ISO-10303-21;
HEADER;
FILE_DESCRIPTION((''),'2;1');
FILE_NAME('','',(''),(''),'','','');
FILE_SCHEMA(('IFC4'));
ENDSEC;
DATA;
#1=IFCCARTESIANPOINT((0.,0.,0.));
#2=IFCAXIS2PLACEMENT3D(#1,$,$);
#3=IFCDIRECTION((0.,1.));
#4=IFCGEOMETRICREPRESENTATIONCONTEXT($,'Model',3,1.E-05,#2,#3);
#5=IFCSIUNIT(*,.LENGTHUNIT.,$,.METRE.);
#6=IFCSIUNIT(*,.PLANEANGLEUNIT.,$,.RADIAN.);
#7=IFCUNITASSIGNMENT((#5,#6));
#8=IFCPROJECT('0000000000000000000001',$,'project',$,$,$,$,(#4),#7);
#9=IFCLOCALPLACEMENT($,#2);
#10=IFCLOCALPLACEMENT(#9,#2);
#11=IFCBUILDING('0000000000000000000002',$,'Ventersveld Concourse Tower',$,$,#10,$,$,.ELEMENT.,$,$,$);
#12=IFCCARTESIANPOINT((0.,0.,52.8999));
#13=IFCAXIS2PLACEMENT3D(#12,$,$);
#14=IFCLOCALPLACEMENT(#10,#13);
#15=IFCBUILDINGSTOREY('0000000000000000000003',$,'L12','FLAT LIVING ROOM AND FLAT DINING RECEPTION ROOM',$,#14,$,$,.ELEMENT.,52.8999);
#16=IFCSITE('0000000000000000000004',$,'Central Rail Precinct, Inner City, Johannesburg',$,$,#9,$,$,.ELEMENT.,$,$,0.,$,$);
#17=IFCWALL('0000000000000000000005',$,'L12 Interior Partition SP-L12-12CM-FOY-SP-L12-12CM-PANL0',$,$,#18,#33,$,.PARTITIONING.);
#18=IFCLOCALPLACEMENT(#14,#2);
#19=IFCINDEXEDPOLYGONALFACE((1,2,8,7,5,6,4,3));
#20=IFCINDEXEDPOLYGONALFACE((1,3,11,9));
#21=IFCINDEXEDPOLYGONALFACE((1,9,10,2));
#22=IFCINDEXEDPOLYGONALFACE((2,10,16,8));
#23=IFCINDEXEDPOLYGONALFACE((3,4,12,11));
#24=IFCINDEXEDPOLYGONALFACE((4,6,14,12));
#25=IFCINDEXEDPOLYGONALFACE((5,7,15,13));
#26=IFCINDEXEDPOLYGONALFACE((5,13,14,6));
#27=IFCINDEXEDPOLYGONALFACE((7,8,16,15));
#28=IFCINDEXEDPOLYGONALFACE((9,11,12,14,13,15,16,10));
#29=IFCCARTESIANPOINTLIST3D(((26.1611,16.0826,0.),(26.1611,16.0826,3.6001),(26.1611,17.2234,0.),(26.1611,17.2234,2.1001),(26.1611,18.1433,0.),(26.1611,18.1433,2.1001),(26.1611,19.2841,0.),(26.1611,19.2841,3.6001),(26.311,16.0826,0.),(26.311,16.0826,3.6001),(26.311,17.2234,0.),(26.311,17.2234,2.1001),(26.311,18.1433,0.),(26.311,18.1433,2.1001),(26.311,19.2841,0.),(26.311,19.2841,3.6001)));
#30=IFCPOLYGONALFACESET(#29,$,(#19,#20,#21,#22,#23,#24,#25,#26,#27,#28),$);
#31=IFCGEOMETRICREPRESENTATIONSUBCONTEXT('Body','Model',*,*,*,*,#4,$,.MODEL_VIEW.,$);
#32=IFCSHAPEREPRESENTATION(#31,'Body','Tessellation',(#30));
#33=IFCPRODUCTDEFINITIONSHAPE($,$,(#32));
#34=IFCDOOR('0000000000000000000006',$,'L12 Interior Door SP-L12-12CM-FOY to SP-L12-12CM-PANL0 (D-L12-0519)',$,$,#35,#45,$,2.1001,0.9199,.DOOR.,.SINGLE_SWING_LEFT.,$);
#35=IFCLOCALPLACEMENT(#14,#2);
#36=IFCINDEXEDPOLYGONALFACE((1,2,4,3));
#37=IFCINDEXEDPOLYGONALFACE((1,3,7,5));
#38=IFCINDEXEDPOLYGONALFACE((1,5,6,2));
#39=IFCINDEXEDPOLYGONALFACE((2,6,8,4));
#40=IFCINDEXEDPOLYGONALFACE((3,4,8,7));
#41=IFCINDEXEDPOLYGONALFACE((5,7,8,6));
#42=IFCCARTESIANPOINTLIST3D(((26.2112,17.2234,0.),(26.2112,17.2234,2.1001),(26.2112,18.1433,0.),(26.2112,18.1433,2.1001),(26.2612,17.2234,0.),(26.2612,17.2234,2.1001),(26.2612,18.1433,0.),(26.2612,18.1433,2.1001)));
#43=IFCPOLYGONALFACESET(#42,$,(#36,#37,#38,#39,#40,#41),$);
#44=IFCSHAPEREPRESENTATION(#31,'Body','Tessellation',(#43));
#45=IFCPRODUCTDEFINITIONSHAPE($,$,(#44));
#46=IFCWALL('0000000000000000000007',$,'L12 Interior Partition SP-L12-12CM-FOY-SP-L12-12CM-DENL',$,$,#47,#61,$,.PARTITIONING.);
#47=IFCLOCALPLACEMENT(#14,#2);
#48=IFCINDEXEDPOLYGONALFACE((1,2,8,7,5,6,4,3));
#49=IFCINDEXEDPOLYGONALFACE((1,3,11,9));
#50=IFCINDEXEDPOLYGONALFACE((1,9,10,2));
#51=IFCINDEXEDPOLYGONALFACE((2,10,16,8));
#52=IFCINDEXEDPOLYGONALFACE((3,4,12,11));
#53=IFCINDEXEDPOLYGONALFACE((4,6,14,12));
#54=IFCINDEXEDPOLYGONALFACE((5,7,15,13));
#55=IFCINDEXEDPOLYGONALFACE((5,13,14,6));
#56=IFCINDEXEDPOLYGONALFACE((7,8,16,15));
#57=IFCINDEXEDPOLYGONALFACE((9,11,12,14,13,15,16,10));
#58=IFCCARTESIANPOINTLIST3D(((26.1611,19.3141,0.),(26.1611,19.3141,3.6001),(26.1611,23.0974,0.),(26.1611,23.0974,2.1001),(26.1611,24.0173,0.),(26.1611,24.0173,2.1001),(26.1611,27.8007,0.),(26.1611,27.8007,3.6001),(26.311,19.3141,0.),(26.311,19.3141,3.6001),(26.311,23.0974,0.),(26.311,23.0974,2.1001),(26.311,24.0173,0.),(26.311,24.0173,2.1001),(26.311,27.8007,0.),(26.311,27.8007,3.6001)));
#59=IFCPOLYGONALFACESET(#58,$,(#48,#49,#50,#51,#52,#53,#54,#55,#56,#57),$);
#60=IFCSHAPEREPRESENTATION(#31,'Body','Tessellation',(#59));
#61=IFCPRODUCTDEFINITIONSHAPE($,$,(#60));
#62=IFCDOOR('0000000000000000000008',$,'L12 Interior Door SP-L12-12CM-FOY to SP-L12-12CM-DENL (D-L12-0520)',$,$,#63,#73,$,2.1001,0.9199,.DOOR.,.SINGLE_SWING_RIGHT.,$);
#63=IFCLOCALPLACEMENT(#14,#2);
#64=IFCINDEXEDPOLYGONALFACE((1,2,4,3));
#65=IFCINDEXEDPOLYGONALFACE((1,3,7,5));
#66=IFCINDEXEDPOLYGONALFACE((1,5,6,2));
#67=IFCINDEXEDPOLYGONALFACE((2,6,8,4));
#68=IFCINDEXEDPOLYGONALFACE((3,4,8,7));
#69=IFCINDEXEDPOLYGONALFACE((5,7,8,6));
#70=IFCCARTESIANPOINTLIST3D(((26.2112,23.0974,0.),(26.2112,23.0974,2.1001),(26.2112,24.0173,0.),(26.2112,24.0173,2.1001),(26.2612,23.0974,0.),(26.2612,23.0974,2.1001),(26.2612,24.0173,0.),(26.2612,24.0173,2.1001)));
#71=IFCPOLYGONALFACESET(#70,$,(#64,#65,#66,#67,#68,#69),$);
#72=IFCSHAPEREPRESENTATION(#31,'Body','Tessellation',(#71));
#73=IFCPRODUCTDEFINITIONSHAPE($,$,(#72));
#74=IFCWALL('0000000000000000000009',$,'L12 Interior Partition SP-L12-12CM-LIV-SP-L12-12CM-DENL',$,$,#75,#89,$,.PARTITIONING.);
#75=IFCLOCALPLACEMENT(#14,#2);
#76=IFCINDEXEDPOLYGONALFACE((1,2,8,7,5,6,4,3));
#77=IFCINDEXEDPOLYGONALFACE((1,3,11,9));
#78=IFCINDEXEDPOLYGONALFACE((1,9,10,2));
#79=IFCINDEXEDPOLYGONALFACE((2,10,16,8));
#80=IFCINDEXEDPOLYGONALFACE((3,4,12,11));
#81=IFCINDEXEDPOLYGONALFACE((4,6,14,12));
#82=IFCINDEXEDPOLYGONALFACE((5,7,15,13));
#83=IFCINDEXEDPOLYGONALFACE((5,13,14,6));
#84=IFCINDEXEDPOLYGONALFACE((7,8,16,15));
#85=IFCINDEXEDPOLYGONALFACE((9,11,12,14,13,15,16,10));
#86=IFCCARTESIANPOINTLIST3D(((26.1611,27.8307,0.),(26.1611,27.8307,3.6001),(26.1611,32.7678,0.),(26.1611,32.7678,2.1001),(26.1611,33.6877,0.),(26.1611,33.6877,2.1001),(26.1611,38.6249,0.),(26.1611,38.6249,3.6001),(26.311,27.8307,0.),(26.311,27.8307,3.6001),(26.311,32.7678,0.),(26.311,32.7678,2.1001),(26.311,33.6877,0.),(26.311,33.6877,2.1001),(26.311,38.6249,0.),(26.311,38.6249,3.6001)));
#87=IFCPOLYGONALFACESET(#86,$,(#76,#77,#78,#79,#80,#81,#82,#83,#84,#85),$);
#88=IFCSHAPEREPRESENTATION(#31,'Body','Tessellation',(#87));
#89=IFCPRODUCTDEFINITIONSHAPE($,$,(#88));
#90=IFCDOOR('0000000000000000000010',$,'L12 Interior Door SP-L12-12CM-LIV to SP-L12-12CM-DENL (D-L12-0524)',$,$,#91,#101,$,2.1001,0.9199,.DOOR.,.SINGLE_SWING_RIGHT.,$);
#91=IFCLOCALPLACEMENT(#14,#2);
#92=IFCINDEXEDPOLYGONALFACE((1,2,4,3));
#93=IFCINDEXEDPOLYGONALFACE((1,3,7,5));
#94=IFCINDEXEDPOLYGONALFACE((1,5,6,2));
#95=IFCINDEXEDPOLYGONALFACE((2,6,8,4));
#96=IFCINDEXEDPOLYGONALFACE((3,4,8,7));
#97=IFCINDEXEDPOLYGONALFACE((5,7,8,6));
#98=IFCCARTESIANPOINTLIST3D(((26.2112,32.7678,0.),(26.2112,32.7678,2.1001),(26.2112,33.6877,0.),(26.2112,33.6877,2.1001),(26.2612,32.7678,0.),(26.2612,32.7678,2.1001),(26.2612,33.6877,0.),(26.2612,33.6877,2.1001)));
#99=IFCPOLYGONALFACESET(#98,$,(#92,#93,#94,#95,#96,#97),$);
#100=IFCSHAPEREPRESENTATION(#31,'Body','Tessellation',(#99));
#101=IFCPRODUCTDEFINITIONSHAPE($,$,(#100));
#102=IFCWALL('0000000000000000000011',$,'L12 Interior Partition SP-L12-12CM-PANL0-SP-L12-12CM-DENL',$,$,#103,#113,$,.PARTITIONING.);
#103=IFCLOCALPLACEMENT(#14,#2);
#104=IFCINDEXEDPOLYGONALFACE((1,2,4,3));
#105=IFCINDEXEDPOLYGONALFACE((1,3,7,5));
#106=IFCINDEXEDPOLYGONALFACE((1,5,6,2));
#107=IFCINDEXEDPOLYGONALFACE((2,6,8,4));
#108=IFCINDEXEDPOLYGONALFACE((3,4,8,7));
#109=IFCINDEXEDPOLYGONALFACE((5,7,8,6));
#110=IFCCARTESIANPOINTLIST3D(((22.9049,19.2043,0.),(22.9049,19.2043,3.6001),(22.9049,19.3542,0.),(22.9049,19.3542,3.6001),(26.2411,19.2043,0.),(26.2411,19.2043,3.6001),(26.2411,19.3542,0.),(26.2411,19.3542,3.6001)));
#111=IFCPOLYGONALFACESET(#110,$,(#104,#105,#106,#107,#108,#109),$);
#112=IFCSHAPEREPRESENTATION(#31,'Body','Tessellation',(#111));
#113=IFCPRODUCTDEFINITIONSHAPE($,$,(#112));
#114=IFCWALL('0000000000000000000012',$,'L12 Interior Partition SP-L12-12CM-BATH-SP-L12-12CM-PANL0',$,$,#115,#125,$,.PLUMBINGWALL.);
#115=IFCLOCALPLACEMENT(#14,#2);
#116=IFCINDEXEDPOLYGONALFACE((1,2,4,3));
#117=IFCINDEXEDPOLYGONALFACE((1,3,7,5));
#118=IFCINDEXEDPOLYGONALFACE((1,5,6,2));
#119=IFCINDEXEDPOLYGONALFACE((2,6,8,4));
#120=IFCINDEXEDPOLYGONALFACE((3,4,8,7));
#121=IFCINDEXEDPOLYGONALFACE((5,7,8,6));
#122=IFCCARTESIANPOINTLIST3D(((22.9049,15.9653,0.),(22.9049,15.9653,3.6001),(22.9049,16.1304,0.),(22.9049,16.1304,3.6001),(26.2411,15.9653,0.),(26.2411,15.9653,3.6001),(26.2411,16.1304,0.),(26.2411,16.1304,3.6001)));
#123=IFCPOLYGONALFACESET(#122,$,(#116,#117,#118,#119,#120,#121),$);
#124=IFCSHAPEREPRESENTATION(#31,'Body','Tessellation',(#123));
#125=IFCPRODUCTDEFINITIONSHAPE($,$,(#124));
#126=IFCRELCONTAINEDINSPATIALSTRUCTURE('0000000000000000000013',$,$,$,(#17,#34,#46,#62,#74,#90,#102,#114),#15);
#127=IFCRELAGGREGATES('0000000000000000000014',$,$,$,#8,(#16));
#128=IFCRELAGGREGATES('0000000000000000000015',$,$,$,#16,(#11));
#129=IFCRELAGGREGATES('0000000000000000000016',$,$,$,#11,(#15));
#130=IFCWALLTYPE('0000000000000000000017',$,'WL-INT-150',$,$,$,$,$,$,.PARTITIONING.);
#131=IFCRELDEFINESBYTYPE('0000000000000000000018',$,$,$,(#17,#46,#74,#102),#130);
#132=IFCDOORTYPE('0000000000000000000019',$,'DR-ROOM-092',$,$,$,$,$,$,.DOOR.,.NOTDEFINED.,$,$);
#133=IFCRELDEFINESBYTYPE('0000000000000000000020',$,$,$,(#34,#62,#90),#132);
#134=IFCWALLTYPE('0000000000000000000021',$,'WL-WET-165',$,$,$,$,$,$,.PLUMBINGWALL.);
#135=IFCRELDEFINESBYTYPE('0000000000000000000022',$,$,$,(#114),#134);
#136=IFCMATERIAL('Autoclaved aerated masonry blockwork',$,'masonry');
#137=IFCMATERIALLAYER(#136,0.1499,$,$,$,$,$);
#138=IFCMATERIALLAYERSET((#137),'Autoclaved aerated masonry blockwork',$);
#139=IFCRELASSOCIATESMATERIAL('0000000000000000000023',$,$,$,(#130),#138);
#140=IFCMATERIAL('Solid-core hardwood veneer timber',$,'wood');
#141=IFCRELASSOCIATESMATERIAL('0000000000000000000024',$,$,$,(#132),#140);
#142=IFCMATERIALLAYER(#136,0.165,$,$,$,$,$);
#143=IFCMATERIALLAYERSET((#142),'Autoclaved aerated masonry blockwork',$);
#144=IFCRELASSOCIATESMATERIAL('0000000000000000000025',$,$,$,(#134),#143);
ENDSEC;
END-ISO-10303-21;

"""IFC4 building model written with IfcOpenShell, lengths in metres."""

from ifc_helpers import new_model, si_unit, direction, frame, frame_2d, origin, place, context, subcontext, project, spatial, rectangle, extrude, material, layer, layer_set, type_object, element, fill, save


model = new_model("IFC4")

# Units and contexts
model_context = context("Model", 3, precision=1e-05, world=origin(), true_north=direction((0.0, 1.0)))
body_context = subcontext(model_context, "Body", "Model", "MODEL_VIEW")
ifc_project = project(units=[si_unit("LENGTHUNIT", "METRE"), si_unit("PLANEANGLEUNIT", "RADIAN")], contexts=[model_context])

# Site, building, storey
site_placement = place(None, origin())
site = spatial("IfcSite", under=ifc_project, at=site_placement, Name="Central Rail Precinct, Inner City, Johannesburg", CompositionType="ELEMENT", RefElevation=0.0)
building_placement = place(site_placement, origin())
building = spatial("IfcBuilding", under=site, at=building_placement, Name="Ventersveld Concourse Tower", CompositionType="ELEMENT")
storey_placement = place(building_placement, frame((0.0, 0.0, 52.8999)))
storey = spatial("IfcBuildingStorey", under=building, at=storey_placement, Name="L12", Description="FLAT LIVING ROOM AND FLAT DINING RECEPTION ROOM", CompositionType="ELEMENT", Elevation=52.8999)

# Shared definitions
ifc_material_1 = material(Name="Solid-core hardwood veneer timber", Category="wood")

# Shared definitions
ifc_material_2 = material(Name="Autoclaved aerated masonry blockwork", Category="masonry")
ifc_layer_1 = layer(ifc_material_2, 0.1499)
ifc_layer_set_1 = layer_set([ifc_layer_1], Name="Autoclaved aerated masonry blockwork")
wall_type_1 = type_object("IfcWallType", Name="WL-INT-150", PredefinedType="PARTITIONING", material=ifc_layer_set_1)
door_type_1 = type_object("IfcDoorType", Name="DR-ROOM-092", OperationType="NOTDEFINED", PredefinedType="DOOR", material=ifc_material_1)

# Walls, openings, doors
wall_1_placement = place(storey_placement, frame((26.2361, 16.0828, 0.0), z_axis=(0.0, 0.0, 1.0), x_axis=(0.0, 1.0, 0.0)))
wall_1 = element("IfcWall", 1, at=wall_1_placement, inside=storey, type_object=wall_type_1, Name="L12 Interior Partition SP-L12-12CM-FOY-SP-L12-12CM-PANL0", PredefinedType="PARTITIONING", context=body_context, shape_type="SweptSolid", body=[
    extrude(rectangle(XDim=3.2014, YDim=0.1499, at=frame_2d((1.6006, 0.0))), origin(), (0.0, 0.0, 1.0), 3.6001),
])
opening_1_placement = place(wall_1_placement, frame((1.1406, 0.0, 0.0)))
opening_1 = element("IfcOpeningElement", 2, at=opening_1_placement, cuts=wall_1, PredefinedType="OPENING", context=body_context, shape_type="SweptSolid", body=[
    extrude(rectangle(XDim=0.9199, YDim=2.1001, at=frame_2d((0.46, 1.05))), frame((0.0, 0.085, 0.0), z_axis=(0.0, -1.0, 0.0), x_axis=(1.0, 0.0, 0.0)), (0.0, 0.0, 1.0), 0.1699),
])
door_1_placement = place(opening_1_placement, origin())
door_1 = element("IfcDoor", 3, at=door_1_placement, inside=storey, type_object=door_type_1, Name="L12 Interior Door SP-L12-12CM-FOY to SP-L12-12CM-PANL0 (D-L12-0519)", OperationType="SINGLE_SWING_LEFT", OverallHeight=2.1001, OverallWidth=0.9199, PredefinedType="DOOR", context=body_context, shape_type="SweptSolid", body=[
    extrude(rectangle(XDim=0.9199, YDim=2.1001, at=frame_2d((0.46, 1.05))), frame((0.0, 0.0249, 0.0), z_axis=(0.0, -1.0, 0.0), x_axis=(1.0, 0.0, 0.0)), (0.0, 0.0, 1.0), 0.05),
])
fill(opening_1, door_1)
wall_2_placement = place(storey_placement, frame((26.2361, 19.3142, 0.0), z_axis=(0.0, 0.0, 1.0), x_axis=(0.0, 1.0, 0.0)))
wall_2 = element("IfcWall", 4, at=wall_2_placement, inside=storey, type_object=wall_type_1, Name="L12 Interior Partition SP-L12-12CM-FOY-SP-L12-12CM-DENL", PredefinedType="PARTITIONING", context=body_context, shape_type="SweptSolid", body=[
    extrude(rectangle(XDim=8.4866, YDim=0.1499, at=frame_2d((4.2432, 0.0))), origin(), (0.0, 0.0, 1.0), 3.6001),
])
opening_2_placement = place(wall_2_placement, frame((3.7832, 0.0, 0.0)))
opening_2 = element("IfcOpeningElement", 5, at=opening_2_placement, cuts=wall_2, PredefinedType="OPENING", context=body_context, shape_type="SweptSolid", body=[
    extrude(rectangle(XDim=0.9199, YDim=2.1001, at=frame_2d((0.46, 1.05))), frame((0.0, 0.085, 0.0), z_axis=(0.0, -1.0, 0.0), x_axis=(1.0, 0.0, 0.0)), (0.0, 0.0, 1.0), 0.1699),
])
door_2_placement = place(opening_2_placement, origin())
door_2 = element("IfcDoor", 6, at=door_2_placement, inside=storey, type_object=door_type_1, Name="L12 Interior Door SP-L12-12CM-FOY to SP-L12-12CM-DENL (D-L12-0520)", OperationType="SINGLE_SWING_RIGHT", OverallHeight=2.1001, OverallWidth=0.9199, PredefinedType="DOOR", context=body_context, shape_type="SweptSolid", body=[
    extrude(rectangle(XDim=0.9199, YDim=2.1001, at=frame_2d((0.46, 1.05))), frame((0.0, 0.0249, 0.0), z_axis=(0.0, -1.0, 0.0), x_axis=(1.0, 0.0, 0.0)), (0.0, 0.0, 1.0), 0.05),
])
fill(opening_2, door_2)
wall_3_placement = place(storey_placement, frame((26.2361, 27.8308, 0.0), z_axis=(0.0, 0.0, 1.0), x_axis=(0.0, 1.0, 0.0)))
wall_3 = element("IfcWall", 7, at=wall_3_placement, inside=storey, type_object=wall_type_1, Name="L12 Interior Partition SP-L12-12CM-LIV-SP-L12-12CM-DENL", PredefinedType="PARTITIONING", context=body_context, shape_type="SweptSolid", body=[
    extrude(rectangle(XDim=10.7942, YDim=0.1499, at=frame_2d((5.397, 0.0))), origin(), (0.0, 0.0, 1.0), 3.6001),
])
opening_3_placement = place(wall_3_placement, frame((4.937, 0.0, 0.0)))
opening_3 = element("IfcOpeningElement", 8, at=opening_3_placement, cuts=wall_3, PredefinedType="OPENING", context=body_context, shape_type="SweptSolid", body=[
    extrude(rectangle(XDim=0.9199, YDim=2.1001, at=frame_2d((0.46, 1.05))), frame((0.0, 0.085, 0.0), z_axis=(0.0, -1.0, 0.0), x_axis=(1.0, 0.0, 0.0)), (0.0, 0.0, 1.0), 0.1699),
])
door_3_placement = place(opening_3_placement, origin())
door_3 = element("IfcDoor", 9, at=door_3_placement, inside=storey, type_object=door_type_1, Name="L12 Interior Door SP-L12-12CM-LIV to SP-L12-12CM-DENL (D-L12-0524)", OperationType="SINGLE_SWING_RIGHT", OverallHeight=2.1001, OverallWidth=0.9199, PredefinedType="DOOR", context=body_context, shape_type="SweptSolid", body=[
    extrude(rectangle(XDim=0.9199, YDim=2.1001, at=frame_2d((0.46, 1.05))), frame((0.0, 0.0249, 0.0), z_axis=(0.0, -1.0, 0.0), x_axis=(1.0, 0.0, 0.0)), (0.0, 0.0, 1.0), 0.05),
])
fill(opening_3, door_3)

# Walls
wall_4_placement = place(storey_placement, frame((22.905, 19.2793, 0.0), z_axis=(0.0, 0.0, 1.0), x_axis=(1.0, 0.0, 0.0)))
element("IfcWall", 10, at=wall_4_placement, inside=storey, type_object=wall_type_1, Name="L12 Interior Partition SP-L12-12CM-PANL0-SP-L12-12CM-DENL", PredefinedType="PARTITIONING", context=body_context, shape_type="SweptSolid", body=[
    extrude(rectangle(XDim=3.3362, YDim=0.1499, at=frame_2d((1.668, 0.0))), origin(), (0.0, 0.0, 1.0), 3.6001),
])
ifc_layer_2 = layer(ifc_material_2, 0.165)
ifc_layer_set_2 = layer_set([ifc_layer_2], Name="Autoclaved aerated masonry blockwork")
wall_type_2 = type_object("IfcWallType", Name="WL-WET-165", PredefinedType="PLUMBINGWALL", material=ifc_layer_set_2)
wall_5_placement = place(storey_placement, frame((22.905, 16.0479, 0.0), z_axis=(0.0, 0.0, 1.0), x_axis=(1.0, 0.0, 0.0)))
element("IfcWall", 11, at=wall_5_placement, inside=storey, type_object=wall_type_2, Name="L12 Interior Partition SP-L12-12CM-BATH-SP-L12-12CM-PANL0", PredefinedType="PLUMBINGWALL", context=body_context, shape_type="SweptSolid", body=[
    extrude(rectangle(XDim=3.3362, YDim=0.165, at=frame_2d((1.668, 0.0))), origin(), (0.0, 0.0, 1.0), 3.6001),
])

save(model, "model.ifc")
